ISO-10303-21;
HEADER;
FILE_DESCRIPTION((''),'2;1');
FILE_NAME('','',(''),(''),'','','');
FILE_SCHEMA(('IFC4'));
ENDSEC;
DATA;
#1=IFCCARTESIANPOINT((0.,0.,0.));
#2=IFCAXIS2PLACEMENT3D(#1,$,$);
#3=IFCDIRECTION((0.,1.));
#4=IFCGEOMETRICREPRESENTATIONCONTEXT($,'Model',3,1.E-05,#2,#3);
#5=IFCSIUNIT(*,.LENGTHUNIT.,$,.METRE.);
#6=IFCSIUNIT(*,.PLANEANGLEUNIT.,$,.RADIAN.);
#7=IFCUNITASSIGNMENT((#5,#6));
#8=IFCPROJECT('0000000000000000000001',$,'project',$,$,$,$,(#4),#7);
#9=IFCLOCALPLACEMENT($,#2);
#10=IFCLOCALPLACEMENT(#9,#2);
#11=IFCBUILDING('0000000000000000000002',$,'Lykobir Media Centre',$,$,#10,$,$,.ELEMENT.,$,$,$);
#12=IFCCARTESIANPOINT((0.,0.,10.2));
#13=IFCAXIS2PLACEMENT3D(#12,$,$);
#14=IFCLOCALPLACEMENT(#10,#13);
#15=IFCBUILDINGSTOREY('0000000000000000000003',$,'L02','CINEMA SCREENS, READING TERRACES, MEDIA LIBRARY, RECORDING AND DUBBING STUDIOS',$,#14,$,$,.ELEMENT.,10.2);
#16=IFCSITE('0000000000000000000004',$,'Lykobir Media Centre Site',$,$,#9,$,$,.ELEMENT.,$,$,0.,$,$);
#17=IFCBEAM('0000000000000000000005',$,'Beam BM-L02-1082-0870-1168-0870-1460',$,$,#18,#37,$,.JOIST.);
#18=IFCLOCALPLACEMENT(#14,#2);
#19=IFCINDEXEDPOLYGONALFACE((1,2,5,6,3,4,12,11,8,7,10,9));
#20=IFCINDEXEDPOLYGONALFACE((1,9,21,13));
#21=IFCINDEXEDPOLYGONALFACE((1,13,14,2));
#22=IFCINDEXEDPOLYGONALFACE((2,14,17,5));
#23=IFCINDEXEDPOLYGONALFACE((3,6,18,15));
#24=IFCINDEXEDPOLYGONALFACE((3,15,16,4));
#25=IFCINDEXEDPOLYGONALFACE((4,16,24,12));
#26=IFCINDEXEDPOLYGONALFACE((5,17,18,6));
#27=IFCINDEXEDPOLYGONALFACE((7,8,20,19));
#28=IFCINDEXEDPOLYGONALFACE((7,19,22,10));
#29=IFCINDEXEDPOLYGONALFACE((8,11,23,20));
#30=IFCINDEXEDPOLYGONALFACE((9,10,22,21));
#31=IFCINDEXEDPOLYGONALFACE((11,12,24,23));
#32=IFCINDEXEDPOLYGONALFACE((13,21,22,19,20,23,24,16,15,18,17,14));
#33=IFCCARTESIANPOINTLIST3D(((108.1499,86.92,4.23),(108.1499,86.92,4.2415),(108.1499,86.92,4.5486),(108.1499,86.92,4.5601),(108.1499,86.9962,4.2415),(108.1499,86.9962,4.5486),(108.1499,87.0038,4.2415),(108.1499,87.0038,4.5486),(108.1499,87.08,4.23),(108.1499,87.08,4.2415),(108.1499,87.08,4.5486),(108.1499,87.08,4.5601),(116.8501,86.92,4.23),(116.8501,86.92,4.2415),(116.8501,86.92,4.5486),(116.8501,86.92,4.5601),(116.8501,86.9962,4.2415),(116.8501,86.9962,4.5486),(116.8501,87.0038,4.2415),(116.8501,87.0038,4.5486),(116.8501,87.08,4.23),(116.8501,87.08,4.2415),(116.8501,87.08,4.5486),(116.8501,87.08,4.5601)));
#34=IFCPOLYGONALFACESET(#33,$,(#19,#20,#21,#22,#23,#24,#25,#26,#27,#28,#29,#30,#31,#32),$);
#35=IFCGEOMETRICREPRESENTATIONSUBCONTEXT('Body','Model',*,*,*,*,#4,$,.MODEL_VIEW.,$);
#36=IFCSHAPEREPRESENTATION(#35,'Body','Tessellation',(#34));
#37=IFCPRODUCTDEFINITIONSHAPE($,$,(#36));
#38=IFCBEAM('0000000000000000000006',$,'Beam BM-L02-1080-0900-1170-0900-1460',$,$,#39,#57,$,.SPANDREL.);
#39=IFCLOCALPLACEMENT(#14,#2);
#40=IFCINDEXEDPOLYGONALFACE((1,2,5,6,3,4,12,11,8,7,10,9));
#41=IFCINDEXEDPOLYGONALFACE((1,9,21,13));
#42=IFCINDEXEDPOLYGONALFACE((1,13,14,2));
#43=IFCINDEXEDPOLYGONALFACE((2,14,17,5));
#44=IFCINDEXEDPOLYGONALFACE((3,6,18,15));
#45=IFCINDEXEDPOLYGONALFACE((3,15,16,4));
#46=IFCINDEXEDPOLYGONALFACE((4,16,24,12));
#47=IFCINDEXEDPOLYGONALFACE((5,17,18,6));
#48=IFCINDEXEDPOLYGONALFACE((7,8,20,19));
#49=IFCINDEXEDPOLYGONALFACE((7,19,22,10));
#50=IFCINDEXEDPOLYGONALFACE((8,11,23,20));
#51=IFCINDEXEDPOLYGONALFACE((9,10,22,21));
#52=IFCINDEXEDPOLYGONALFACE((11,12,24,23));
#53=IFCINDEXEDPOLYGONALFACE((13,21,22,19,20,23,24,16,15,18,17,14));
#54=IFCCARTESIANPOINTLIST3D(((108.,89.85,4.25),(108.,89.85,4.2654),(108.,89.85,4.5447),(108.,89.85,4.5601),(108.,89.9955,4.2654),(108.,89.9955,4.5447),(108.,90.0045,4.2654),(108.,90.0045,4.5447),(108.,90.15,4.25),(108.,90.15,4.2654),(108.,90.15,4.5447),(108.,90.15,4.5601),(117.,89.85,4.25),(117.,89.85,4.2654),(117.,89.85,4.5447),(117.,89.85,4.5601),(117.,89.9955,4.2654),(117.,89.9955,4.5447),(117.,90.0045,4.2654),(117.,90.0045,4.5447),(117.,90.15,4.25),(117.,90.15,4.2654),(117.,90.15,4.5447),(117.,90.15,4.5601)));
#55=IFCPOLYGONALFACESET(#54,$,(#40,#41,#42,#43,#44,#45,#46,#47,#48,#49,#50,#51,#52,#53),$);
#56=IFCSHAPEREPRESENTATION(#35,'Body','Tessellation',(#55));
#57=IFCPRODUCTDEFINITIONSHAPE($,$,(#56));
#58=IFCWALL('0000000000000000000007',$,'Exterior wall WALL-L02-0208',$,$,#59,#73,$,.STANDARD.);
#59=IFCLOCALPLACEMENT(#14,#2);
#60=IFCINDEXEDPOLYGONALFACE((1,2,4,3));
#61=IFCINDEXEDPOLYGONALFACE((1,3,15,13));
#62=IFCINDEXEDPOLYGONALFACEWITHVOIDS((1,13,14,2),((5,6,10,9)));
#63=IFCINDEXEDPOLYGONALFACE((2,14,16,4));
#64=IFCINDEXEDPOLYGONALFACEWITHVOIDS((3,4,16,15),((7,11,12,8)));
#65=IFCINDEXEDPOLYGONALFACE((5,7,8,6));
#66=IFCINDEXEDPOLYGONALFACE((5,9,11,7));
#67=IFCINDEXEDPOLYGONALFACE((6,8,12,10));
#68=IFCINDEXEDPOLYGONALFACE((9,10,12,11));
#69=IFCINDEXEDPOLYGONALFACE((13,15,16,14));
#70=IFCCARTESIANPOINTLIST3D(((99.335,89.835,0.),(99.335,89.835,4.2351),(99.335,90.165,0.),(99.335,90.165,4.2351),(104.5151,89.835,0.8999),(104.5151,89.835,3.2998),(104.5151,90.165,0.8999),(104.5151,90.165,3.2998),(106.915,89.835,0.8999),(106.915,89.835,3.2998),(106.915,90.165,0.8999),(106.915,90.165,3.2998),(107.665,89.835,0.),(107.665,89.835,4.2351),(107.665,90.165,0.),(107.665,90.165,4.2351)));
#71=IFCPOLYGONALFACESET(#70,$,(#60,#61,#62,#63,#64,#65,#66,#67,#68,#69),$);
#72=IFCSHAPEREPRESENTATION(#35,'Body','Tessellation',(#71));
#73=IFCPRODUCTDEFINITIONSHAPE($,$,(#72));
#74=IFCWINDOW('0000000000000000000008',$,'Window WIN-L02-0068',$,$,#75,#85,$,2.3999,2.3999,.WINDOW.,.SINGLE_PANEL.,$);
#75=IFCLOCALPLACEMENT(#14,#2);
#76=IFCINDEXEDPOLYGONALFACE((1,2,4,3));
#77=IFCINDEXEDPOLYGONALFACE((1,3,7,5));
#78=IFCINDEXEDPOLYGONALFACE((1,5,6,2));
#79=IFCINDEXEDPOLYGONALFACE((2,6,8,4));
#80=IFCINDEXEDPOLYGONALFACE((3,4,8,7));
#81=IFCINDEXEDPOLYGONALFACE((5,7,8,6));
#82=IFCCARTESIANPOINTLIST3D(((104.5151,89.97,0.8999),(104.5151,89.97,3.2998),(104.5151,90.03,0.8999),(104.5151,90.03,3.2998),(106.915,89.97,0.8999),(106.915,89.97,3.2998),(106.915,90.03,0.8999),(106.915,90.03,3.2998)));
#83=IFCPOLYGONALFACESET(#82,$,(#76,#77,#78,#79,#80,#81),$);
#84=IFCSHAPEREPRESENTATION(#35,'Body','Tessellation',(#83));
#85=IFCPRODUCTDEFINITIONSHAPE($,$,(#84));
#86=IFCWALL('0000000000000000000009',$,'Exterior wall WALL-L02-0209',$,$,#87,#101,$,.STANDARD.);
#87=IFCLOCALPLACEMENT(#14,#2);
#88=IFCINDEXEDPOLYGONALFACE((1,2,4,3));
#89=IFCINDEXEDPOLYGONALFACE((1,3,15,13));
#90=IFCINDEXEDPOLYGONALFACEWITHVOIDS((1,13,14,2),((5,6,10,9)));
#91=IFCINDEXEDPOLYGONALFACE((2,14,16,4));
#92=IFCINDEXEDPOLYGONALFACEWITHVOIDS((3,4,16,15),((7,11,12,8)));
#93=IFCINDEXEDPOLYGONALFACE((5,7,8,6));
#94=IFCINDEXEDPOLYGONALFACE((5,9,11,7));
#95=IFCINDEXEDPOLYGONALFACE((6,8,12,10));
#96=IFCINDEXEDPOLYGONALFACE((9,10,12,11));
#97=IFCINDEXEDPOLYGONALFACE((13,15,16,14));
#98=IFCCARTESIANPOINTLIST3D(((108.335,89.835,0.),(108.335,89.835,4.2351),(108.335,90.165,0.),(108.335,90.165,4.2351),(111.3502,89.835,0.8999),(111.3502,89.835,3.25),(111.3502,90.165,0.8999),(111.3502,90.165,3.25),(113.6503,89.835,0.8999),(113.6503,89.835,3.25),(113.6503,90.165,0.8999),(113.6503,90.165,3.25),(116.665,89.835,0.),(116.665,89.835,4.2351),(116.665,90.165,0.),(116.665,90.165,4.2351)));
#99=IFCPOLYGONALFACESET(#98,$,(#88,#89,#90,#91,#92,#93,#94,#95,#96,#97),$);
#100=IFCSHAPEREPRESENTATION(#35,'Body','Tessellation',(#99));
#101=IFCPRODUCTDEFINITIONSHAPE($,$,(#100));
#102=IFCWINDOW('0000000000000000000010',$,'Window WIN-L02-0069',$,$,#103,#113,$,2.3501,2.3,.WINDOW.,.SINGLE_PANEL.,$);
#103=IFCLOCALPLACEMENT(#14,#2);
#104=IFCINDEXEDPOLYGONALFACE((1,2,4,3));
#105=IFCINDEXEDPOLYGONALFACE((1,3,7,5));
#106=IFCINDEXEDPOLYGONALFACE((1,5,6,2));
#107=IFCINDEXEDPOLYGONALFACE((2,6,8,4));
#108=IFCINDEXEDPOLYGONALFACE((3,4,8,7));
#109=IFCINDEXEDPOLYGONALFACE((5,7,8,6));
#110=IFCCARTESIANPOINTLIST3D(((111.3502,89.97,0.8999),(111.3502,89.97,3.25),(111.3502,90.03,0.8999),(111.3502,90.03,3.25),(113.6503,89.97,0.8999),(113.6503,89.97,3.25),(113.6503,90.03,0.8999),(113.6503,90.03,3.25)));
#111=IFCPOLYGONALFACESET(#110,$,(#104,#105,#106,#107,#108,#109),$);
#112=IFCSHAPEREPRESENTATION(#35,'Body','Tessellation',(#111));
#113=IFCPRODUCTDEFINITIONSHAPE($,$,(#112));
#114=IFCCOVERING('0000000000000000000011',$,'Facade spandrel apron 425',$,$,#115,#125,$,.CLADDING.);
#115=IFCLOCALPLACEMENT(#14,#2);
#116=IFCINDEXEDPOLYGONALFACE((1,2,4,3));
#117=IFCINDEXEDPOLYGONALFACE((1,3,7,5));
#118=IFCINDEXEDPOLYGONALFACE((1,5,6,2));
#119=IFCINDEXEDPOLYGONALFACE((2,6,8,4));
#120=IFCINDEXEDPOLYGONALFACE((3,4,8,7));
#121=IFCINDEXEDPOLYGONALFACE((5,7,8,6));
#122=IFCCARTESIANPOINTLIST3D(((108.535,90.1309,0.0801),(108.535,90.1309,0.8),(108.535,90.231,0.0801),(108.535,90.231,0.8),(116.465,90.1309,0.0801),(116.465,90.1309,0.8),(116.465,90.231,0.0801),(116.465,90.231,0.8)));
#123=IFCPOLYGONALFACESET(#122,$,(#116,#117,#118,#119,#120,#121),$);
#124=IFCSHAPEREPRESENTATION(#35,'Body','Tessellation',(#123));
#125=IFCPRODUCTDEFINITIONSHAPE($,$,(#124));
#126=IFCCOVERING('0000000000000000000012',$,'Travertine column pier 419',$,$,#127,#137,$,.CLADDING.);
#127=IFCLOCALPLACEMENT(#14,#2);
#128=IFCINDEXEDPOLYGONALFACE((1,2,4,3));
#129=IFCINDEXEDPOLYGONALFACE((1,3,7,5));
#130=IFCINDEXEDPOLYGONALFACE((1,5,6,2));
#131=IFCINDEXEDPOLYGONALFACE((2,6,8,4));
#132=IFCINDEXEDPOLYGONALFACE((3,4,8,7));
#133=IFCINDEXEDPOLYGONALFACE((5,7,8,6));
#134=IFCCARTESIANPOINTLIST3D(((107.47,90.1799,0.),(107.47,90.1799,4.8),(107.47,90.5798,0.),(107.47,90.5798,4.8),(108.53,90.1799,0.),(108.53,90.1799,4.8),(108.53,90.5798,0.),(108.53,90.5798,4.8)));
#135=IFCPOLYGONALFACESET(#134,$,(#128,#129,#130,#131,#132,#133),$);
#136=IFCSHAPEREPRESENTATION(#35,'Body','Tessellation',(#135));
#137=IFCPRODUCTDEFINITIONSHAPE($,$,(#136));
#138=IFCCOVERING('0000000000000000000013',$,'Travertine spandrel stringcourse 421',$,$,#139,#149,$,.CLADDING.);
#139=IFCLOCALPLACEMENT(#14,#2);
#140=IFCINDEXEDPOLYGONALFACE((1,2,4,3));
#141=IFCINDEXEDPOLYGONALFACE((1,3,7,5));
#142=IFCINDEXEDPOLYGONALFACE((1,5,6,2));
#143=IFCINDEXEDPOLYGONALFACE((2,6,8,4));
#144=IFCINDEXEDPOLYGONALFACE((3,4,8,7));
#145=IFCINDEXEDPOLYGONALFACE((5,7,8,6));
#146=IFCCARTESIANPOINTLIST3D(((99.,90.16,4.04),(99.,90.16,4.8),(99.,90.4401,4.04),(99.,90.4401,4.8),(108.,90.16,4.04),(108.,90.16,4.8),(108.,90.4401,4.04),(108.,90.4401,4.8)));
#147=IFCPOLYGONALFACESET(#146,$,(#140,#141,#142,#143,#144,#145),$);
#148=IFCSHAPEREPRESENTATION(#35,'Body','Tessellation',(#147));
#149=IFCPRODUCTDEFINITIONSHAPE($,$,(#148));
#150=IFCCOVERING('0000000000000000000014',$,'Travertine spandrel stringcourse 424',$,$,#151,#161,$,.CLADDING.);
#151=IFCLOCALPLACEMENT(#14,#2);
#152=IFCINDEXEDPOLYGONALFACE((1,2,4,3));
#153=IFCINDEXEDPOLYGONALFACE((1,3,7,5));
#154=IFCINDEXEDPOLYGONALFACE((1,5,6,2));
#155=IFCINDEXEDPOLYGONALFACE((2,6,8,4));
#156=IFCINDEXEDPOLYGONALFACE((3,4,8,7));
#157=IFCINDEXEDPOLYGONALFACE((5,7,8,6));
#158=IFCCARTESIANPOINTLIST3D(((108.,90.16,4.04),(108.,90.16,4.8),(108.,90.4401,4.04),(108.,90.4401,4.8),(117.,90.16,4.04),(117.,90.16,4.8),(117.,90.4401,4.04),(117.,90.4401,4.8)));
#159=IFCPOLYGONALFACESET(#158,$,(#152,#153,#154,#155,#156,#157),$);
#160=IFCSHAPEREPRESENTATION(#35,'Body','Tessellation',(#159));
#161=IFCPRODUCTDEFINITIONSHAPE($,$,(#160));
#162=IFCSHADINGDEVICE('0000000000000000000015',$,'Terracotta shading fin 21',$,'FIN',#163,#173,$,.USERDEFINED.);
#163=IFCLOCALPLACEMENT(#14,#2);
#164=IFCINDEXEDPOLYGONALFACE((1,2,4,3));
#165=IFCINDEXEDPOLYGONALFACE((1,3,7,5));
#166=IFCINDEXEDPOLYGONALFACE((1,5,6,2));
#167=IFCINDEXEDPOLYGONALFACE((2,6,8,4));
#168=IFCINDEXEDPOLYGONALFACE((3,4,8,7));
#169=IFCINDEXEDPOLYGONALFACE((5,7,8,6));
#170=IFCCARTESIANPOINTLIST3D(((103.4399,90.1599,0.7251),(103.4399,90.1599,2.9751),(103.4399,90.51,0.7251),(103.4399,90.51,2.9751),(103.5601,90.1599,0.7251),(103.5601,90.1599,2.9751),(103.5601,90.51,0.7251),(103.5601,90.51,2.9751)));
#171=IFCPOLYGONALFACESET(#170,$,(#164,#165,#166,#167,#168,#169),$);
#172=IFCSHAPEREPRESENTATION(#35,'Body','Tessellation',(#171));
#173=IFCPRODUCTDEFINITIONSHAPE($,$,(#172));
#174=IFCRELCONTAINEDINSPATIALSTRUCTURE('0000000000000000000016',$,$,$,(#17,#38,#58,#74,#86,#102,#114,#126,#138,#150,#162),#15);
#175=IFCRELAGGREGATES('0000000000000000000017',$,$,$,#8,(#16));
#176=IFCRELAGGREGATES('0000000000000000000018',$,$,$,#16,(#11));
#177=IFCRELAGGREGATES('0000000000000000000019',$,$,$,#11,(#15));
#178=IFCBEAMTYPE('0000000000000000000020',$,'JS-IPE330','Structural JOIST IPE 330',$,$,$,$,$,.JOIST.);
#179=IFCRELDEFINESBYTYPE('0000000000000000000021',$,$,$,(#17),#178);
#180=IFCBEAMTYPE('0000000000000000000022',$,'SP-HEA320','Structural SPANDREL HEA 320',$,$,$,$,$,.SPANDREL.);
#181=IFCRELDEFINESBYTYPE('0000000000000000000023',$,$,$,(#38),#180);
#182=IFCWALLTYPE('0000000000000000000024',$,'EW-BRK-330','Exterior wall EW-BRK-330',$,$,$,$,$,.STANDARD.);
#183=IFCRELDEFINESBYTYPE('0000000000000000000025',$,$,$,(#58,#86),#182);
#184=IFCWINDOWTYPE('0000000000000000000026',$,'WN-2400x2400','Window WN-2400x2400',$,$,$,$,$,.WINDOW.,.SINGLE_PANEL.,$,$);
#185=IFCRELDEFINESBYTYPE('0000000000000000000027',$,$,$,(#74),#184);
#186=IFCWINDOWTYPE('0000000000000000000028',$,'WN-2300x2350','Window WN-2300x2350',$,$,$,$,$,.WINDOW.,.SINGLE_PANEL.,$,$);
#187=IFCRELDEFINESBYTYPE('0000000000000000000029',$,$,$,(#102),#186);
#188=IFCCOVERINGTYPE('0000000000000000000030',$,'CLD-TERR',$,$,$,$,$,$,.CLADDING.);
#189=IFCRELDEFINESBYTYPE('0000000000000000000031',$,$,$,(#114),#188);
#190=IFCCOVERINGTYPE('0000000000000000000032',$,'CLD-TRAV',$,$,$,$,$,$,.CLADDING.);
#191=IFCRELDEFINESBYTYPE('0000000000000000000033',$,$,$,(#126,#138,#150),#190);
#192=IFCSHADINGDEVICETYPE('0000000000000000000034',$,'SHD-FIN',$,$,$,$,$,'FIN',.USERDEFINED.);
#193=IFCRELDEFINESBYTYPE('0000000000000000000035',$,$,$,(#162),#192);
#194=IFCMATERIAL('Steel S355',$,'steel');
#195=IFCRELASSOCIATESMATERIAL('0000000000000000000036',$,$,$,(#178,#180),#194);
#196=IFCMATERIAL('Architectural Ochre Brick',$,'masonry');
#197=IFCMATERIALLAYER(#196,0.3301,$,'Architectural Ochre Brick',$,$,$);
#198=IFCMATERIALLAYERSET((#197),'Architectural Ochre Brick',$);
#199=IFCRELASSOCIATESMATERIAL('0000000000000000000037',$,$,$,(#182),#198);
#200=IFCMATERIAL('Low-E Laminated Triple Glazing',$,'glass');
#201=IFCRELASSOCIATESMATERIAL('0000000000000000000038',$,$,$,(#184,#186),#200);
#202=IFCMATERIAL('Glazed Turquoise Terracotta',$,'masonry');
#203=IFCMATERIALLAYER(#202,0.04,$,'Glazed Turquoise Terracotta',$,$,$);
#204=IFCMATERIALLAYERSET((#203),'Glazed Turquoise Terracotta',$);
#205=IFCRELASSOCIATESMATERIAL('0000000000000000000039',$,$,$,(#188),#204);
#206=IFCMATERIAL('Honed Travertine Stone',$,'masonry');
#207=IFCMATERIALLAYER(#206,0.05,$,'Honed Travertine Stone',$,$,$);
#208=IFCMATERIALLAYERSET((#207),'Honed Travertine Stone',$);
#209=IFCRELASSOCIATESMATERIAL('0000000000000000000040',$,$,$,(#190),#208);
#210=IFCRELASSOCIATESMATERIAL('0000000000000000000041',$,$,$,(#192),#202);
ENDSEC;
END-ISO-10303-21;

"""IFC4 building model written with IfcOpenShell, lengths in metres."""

from ifc_helpers import new_model, si_unit, direction, frame, frame_2d, origin, origin_2d, place, context, subcontext, project, spatial, rectangle, i_section, extrude, material, layer, layer_set, material_profile, profile_set, type_object, element, fill, save


model = new_model("IFC4")

# Units and contexts
model_context = context("Model", 3, precision=1e-05, world=origin(), true_north=direction((0.0, 1.0)))
body_context = subcontext(model_context, "Body", "Model", "MODEL_VIEW")
ifc_project = project(units=[si_unit("LENGTHUNIT", "METRE"), si_unit("PLANEANGLEUNIT", "RADIAN")], contexts=[model_context])

# Site, building, storey
site_placement = place(None, origin())
site = spatial("IfcSite", under=ifc_project, at=site_placement, Name="Lykobir Media Centre Site", CompositionType="ELEMENT", RefElevation=0.0)
building_placement = place(site_placement, origin())
building = spatial("IfcBuilding", under=site, at=building_placement, Name="Lykobir Media Centre", CompositionType="ELEMENT")
storey_placement = place(building_placement, frame((0.0, 0.0, 10.2)))
storey = spatial("IfcBuildingStorey", under=building, at=storey_placement, Name="L02", Description="CINEMA SCREENS, READING TERRACES, MEDIA LIBRARY, RECORDING AND DUBBING STUDIOS", CompositionType="ELEMENT", Elevation=10.2)

# Shared definitions
ifc_material_1 = material(Name="Steel S355", Category="steel")

# Beams
ifc_material_profile_1 = material_profile(ifc_material_1, i_section(OverallWidth=0.1599, OverallDepth=0.3301, WebThickness=0.0076, FlangeThickness=0.0115, at=origin_2d()), Name="IPE 330")
ifc_profile_set_1 = profile_set([ifc_material_profile_1], Name="Steel S355")
beam_type_1 = type_object("IfcBeamType", Name="JS-IPE330", Description="Structural JOIST IPE 330", PredefinedType="JOIST", material=ifc_profile_set_1)
for number, where, z_axis, x_axis, name in (
    (1, (108.1499, 87.0, 4.395), (1.0, 0.0, 0.0), (0.0, 1.0, 0.0), "Beam BM-L02-1082-0870-1168-0870-1460"),
):
    element("IfcBeam", number, at=place(storey_placement, frame(where, z_axis=z_axis, x_axis=x_axis)), inside=storey, type_object=beam_type_1, Name=name, PredefinedType="JOIST", context=body_context, shape_type="SweptSolid", body=[
        extrude(i_section(OverallWidth=0.1599, OverallDepth=0.3301, WebThickness=0.0076, FlangeThickness=0.0115, at=origin_2d()), origin(), (0.0, 0.0, 1.0), 8.7002),
    ])
ifc_material_profile_2 = material_profile(ifc_material_1, i_section(OverallWidth=0.3, OverallDepth=0.3101, WebThickness=0.009, FlangeThickness=0.0154, at=origin_2d()), Name="HEA 320")
ifc_profile_set_2 = profile_set([ifc_material_profile_2], Name="Steel S355")
beam_type_2 = type_object("IfcBeamType", Name="SP-HEA320", Description="Structural SPANDREL HEA 320", PredefinedType="SPANDREL", material=ifc_profile_set_2)
beam_placement = place(storey_placement, frame((108.0, 90.0, 4.405), z_axis=(1.0, 0.0, 0.0), x_axis=(0.0, 1.0, 0.0)))
element("IfcBeam", 2, at=beam_placement, inside=storey, type_object=beam_type_2, Name="Beam BM-L02-1080-0900-1170-0900-1460", PredefinedType="SPANDREL", context=body_context, shape_type="SweptSolid", body=[
    extrude(i_section(OverallWidth=0.3, OverallDepth=0.3101, WebThickness=0.009, FlangeThickness=0.0154, at=origin_2d()), origin(), (0.0, 0.0, 1.0), 9.0),
])

# Walls, openings, windows
ifc_material_2 = material(Name="Architectural Ochre Brick", Category="masonry")
ifc_layer_1 = layer(ifc_material_2, 0.3301, Name="Architectural Ochre Brick")
ifc_layer_set_1 = layer_set([ifc_layer_1], Name="Architectural Ochre Brick")
wall_type = type_object("IfcWallType", Name="EW-BRK-330", Description="Exterior wall EW-BRK-330", PredefinedType="STANDARD", material=ifc_layer_set_1)
wall_1_placement = place(storey_placement, frame((107.665, 90.0, 0.0), z_axis=(0.0, 0.0, 1.0), x_axis=(-1.0, 0.0, 0.0)))
wall_1 = element("IfcWall", 3, at=wall_1_placement, inside=storey, type_object=wall_type, Name="Exterior wall WALL-L02-0208", PredefinedType="STANDARD", context=body_context, shape_type="SweptSolid", body=[
    extrude(rectangle(XDim=8.3301, YDim=0.3301, at=frame_2d((4.165, 0.0))), origin(), (0.0, 0.0, 1.0), 4.2351),
])
opening_1_placement = place(wall_1_placement, frame((0.75, 0.0, 0.8999)))
opening_1 = element("IfcOpeningElement", 4, at=opening_1_placement, cuts=wall_1, PredefinedType="OPENING", context=body_context, shape_type="SweptSolid", body=[
    extrude(rectangle(XDim=2.3999, YDim=2.3999, at=frame_2d((1.2, 1.2))), frame((0.0, 0.175, 0.0), z_axis=(0.0, -1.0, 0.0), x_axis=(1.0, 0.0, 0.0)), (0.0, 0.0, 1.0), 0.3501),
])
ifc_material_3 = material(Name="Low-E Laminated Triple Glazing", Category="glass")
window_type_1 = type_object("IfcWindowType", Name="WN-2400x2400", Description="Window WN-2400x2400", PartitioningType="SINGLE_PANEL", PredefinedType="WINDOW", material=ifc_material_3)
window_1_placement = place(opening_1_placement, origin())
window_1 = element("IfcWindow", 5, at=window_1_placement, inside=storey, type_object=window_type_1, Name="Window WIN-L02-0068", OverallHeight=2.3999, OverallWidth=2.3999, PartitioningType="SINGLE_PANEL", PredefinedType="WINDOW", context=body_context, shape_type="SweptSolid", body=[
    extrude(rectangle(XDim=2.3999, YDim=2.3999, at=frame_2d((1.2, 1.2))), frame((0.0, 0.03, 0.0), z_axis=(0.0, -1.0, 0.0), x_axis=(1.0, 0.0, 0.0)), (0.0, 0.0, 1.0), 0.0601),
])
fill(opening_1, window_1)
wall_2_placement = place(storey_placement, frame((116.665, 90.0, 0.0), z_axis=(0.0, 0.0, 1.0), x_axis=(-1.0, 0.0, 0.0)))
wall_2 = element("IfcWall", 6, at=wall_2_placement, inside=storey, type_object=wall_type, Name="Exterior wall WALL-L02-0209", PredefinedType="STANDARD", context=body_context, shape_type="SweptSolid", body=[
    extrude(rectangle(XDim=8.3301, YDim=0.3301, at=frame_2d((4.165, 0.0))), origin(), (0.0, 0.0, 1.0), 4.2351),
])
opening_2_placement = place(wall_2_placement, frame((3.0149, 0.0, 0.8999)))
opening_2 = element("IfcOpeningElement", 7, at=opening_2_placement, cuts=wall_2, PredefinedType="OPENING", context=body_context, shape_type="SweptSolid", body=[
    extrude(rectangle(XDim=2.3, YDim=2.3501, at=frame_2d((1.1499, 1.175))), frame((0.0, 0.175, 0.0), z_axis=(0.0, -1.0, 0.0), x_axis=(1.0, 0.0, 0.0)), (0.0, 0.0, 1.0), 0.3501),
])
window_type_2 = type_object("IfcWindowType", Name="WN-2300x2350", Description="Window WN-2300x2350", PartitioningType="SINGLE_PANEL", PredefinedType="WINDOW", material=ifc_material_3)
window_2_placement = place(opening_2_placement, origin())
window_2 = element("IfcWindow", 8, at=window_2_placement, inside=storey, type_object=window_type_2, Name="Window WIN-L02-0069", OverallHeight=2.3501, OverallWidth=2.3, PartitioningType="SINGLE_PANEL", PredefinedType="WINDOW", context=body_context, shape_type="SweptSolid", body=[
    extrude(rectangle(XDim=2.3, YDim=2.3501, at=frame_2d((1.1499, 1.175))), frame((0.0, 0.03, 0.0), z_axis=(0.0, -1.0, 0.0), x_axis=(1.0, 0.0, 0.0)), (0.0, 0.0, 1.0), 0.0601),
])
fill(opening_2, window_2)

# Coverings
ifc_material_4 = material(Name="Glazed Turquoise Terracotta", Category="masonry")
ifc_layer_2 = layer(ifc_material_4, 0.04, Name="Glazed Turquoise Terracotta")
ifc_layer_set_2 = layer_set([ifc_layer_2], Name="Glazed Turquoise Terracotta")
covering_type_1 = type_object("IfcCoveringType", Name="CLD-TERR", PredefinedType="CLADDING", material=ifc_layer_set_2)
covering_1_placement = place(storey_placement, frame((112.5, 90.1809, 0.0801), z_axis=(0.0, 0.0, 1.0), x_axis=(-1.0, 0.0, 0.0)))
element("IfcCovering", 9, at=covering_1_placement, inside=storey, type_object=covering_type_1, Name="Facade spandrel apron 425", PredefinedType="CLADDING", context=body_context, shape_type="SweptSolid", body=[
    extrude(rectangle(XDim=7.9299, YDim=0.1001, at=origin_2d()), origin(), (0.0, 0.0, 1.0), 0.72),
])
ifc_material_5 = material(Name="Honed Travertine Stone", Category="masonry")
ifc_layer_3 = layer(ifc_material_5, 0.05, Name="Honed Travertine Stone")
ifc_layer_set_3 = layer_set([ifc_layer_3], Name="Honed Travertine Stone")
covering_type_2 = type_object("IfcCoveringType", Name="CLD-TRAV", PredefinedType="CLADDING", material=ifc_layer_set_3)
covering_2_placement = place(storey_placement, frame((108.0, 90.3799, 0.0), z_axis=(0.0, 0.0, 1.0), x_axis=(-1.0, 0.0, 0.0)))
element("IfcCovering", 10, at=covering_2_placement, inside=storey, type_object=covering_type_2, Name="Travertine column pier 419", PredefinedType="CLADDING", context=body_context, shape_type="SweptSolid", body=[
    extrude(rectangle(XDim=1.0601, YDim=0.3999, at=origin_2d()), origin(), (0.0, 0.0, 1.0), 4.8),
])
for number, where, z_axis, x_axis, name in (
    (11, (103.5, 90.3, 4.04), (0.0, 0.0, 1.0), (-1.0, 0.0, 0.0), "Travertine spandrel stringcourse 421"),
    (12, (112.5, 90.3, 4.04), (0.0, 0.0, 1.0), (-1.0, 0.0, 0.0), "Travertine spandrel stringcourse 424"),
):
    element("IfcCovering", number, at=place(storey_placement, frame(where, z_axis=z_axis, x_axis=x_axis)), inside=storey, type_object=covering_type_2, Name=name, PredefinedType="CLADDING", context=body_context, shape_type="SweptSolid", body=[
        extrude(rectangle(XDim=9.0, YDim=0.28, at=origin_2d()), origin(), (0.0, 0.0, 1.0), 0.76),
    ])

# Shading device
shading_device_type = type_object("IfcShadingDeviceType", Name="SHD-FIN", ElementType="FIN", PredefinedType="USERDEFINED", material=ifc_material_4)
for number, where, z_axis, x_axis, name in (
    (13, (103.5, 90.335, 0.7251), (0.0, 0.0, 1.0), (-1.0, 0.0, 0.0), "Terracotta shading fin 21"),
):
    element("IfcShadingDevice", number, at=place(storey_placement, frame(where, z_axis=z_axis, x_axis=x_axis)), inside=storey, type_object=shading_device_type, Name=name, ObjectType="FIN", PredefinedType="USERDEFINED", context=body_context, shape_type="SweptSolid", body=[
        extrude(rectangle(XDim=0.1201, YDim=0.3501, at=origin_2d()), origin(), (0.0, 0.0, 1.0), 2.25),
    ])

save(model, "model.ifc")
